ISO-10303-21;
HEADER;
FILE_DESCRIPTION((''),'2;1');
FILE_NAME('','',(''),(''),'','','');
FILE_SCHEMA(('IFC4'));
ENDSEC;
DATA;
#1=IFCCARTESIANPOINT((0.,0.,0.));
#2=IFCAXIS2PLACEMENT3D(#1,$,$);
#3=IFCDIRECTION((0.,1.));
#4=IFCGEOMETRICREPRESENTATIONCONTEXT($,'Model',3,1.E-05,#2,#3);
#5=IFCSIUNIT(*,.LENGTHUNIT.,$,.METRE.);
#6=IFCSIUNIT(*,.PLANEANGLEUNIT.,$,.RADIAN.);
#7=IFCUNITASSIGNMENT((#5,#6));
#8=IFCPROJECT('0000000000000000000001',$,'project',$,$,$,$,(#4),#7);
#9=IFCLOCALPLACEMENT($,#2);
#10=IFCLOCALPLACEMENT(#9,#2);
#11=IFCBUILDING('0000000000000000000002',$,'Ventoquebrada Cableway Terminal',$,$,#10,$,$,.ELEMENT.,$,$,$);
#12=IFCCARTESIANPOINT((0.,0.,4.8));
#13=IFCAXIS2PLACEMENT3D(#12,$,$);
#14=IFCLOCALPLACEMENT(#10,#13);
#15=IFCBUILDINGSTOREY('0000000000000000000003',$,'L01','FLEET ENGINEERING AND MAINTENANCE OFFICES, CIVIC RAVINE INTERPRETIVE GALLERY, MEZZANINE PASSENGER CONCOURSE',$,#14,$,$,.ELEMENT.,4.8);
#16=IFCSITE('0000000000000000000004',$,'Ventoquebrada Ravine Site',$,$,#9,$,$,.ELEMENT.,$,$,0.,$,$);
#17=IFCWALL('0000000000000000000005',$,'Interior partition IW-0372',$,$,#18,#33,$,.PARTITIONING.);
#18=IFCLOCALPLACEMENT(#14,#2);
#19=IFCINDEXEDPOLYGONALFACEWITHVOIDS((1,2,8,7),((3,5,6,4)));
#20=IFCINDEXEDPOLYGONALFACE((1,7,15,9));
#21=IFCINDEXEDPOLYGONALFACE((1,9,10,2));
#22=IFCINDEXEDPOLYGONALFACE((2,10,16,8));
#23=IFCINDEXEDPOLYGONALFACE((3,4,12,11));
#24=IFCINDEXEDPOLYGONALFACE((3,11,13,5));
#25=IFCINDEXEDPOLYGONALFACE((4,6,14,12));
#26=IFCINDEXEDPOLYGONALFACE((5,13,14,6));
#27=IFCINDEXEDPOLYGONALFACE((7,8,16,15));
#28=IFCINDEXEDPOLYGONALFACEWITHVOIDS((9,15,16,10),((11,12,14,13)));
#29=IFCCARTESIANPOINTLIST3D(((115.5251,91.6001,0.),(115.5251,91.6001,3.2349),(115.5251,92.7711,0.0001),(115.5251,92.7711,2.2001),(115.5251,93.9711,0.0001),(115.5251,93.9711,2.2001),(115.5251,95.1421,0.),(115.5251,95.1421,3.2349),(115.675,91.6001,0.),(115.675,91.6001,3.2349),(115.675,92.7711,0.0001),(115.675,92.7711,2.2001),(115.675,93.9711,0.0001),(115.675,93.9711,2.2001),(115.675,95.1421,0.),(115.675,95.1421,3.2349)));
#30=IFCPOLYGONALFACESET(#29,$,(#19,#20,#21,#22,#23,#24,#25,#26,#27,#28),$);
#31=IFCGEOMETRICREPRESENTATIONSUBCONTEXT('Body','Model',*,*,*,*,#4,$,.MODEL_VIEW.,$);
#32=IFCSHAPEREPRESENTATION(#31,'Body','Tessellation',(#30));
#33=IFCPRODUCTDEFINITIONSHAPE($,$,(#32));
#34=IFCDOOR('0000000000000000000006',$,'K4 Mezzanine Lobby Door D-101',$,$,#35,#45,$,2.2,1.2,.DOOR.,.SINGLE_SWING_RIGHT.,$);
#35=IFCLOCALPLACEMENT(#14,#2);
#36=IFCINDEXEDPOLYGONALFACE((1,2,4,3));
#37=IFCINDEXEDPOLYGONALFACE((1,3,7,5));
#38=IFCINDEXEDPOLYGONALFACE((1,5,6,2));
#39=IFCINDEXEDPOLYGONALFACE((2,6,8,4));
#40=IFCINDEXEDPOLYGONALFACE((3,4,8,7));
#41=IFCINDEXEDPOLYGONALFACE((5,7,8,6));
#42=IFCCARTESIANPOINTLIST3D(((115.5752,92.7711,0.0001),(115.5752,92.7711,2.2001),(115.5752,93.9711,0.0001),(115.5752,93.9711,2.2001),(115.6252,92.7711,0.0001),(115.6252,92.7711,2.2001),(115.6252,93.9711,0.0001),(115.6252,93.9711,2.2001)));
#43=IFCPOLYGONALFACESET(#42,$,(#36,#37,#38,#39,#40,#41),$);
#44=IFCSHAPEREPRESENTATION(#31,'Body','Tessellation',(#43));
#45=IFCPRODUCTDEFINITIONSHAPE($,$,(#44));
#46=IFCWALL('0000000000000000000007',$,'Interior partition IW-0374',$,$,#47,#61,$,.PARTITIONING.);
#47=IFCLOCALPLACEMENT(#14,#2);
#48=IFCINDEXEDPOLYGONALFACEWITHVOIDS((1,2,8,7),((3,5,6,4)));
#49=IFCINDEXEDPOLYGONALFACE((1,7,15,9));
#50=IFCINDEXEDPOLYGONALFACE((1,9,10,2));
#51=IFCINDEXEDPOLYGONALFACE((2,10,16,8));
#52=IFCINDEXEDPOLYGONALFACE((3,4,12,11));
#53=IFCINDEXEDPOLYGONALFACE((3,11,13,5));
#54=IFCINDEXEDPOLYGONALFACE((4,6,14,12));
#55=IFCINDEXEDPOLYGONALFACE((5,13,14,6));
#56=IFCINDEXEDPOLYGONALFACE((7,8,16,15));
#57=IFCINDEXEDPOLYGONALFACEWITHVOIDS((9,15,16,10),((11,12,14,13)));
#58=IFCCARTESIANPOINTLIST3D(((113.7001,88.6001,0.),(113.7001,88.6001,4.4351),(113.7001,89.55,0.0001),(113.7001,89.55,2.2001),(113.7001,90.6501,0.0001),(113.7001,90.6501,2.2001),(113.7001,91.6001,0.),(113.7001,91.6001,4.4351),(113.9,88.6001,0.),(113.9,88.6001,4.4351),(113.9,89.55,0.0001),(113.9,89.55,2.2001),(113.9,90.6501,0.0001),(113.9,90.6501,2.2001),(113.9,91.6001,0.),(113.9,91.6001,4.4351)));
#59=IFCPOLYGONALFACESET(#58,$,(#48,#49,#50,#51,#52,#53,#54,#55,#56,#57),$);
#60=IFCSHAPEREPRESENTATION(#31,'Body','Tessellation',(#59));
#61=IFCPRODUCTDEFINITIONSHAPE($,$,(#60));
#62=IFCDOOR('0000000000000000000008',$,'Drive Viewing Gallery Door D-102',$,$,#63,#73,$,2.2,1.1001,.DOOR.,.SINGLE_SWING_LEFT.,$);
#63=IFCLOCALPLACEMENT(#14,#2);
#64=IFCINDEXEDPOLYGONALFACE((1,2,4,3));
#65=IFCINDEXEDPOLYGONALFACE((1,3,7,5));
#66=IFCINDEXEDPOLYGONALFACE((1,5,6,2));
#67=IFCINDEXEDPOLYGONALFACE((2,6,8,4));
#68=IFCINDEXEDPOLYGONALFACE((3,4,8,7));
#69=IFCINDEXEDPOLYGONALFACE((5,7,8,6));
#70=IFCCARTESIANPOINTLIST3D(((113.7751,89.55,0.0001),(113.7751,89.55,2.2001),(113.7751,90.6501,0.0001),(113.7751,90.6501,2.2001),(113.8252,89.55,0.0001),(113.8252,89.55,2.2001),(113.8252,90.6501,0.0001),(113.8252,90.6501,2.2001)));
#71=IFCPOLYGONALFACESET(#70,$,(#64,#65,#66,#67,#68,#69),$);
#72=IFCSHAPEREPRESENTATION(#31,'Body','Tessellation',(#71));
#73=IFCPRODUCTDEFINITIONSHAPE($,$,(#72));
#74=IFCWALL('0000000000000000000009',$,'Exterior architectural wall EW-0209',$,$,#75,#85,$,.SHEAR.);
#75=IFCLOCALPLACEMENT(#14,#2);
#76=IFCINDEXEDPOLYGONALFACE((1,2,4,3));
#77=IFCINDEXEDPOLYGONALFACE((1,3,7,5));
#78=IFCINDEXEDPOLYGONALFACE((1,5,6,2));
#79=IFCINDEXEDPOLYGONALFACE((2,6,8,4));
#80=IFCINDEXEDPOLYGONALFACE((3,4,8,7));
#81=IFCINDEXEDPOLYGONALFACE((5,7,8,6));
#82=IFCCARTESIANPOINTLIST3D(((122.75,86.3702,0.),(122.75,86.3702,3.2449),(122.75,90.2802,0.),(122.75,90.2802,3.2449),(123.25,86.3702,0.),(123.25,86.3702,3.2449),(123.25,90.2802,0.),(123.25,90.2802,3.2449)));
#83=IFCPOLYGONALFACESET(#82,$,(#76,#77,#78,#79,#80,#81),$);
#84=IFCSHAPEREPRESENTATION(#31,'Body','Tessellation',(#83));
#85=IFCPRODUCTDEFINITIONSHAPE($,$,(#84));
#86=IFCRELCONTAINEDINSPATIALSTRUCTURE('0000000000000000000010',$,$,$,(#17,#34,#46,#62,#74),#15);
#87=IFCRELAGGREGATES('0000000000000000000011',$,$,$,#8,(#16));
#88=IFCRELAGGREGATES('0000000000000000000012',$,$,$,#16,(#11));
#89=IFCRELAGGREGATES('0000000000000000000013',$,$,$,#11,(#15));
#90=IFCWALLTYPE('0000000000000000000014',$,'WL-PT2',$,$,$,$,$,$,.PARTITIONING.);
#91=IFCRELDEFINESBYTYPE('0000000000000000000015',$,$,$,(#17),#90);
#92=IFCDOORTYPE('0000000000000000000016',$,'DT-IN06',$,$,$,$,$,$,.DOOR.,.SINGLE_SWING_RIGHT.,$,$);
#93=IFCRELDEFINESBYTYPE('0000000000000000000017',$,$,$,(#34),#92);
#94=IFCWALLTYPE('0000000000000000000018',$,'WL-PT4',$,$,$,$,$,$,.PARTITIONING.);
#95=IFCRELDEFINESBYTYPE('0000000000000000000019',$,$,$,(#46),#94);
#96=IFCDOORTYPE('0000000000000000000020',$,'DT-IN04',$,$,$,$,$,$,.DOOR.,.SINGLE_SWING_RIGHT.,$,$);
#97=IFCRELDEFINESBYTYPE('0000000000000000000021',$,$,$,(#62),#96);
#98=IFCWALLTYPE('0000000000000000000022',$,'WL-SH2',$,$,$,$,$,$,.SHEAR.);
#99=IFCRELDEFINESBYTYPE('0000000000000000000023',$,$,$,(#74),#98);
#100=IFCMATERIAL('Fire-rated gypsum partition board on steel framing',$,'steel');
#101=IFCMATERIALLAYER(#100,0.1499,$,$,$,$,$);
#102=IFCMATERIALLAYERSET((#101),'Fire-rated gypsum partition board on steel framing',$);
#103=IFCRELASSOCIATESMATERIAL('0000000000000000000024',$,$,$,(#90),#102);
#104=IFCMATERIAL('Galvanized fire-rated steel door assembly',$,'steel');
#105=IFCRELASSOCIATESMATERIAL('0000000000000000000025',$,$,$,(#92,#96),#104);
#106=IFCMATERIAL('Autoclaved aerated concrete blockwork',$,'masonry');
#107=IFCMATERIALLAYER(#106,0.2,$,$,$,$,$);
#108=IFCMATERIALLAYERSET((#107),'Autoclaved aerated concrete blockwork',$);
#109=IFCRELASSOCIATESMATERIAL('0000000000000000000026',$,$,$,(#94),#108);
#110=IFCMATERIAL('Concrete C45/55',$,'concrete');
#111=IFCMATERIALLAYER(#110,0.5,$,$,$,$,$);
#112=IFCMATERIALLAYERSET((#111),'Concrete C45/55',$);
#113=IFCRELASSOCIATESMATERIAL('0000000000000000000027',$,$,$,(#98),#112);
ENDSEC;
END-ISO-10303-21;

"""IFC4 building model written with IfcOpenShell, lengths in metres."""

from ifc_helpers import new_model, si_unit, direction, frame, frame_2d, origin, place, context, subcontext, project, spatial, rectangle, extrude, material, layer, layer_set, type_object, element, fill, save


model = new_model("IFC4")

# Units and contexts
model_context = context("Model", 3, precision=1e-05, world=origin(), true_north=direction((0.0, 1.0)))
body_context = subcontext(model_context, "Body", "Model", "MODEL_VIEW")
ifc_project = project(units=[si_unit("LENGTHUNIT", "METRE"), si_unit("PLANEANGLEUNIT", "RADIAN")], contexts=[model_context])

# Site, building, storey
site_placement = place(None, origin())
site = spatial("IfcSite", under=ifc_project, at=site_placement, Name="Ventoquebrada Ravine Site", CompositionType="ELEMENT", RefElevation=0.0)
building_placement = place(site_placement, origin())
building = spatial("IfcBuilding", under=site, at=building_placement, Name="Ventoquebrada Cableway Terminal", CompositionType="ELEMENT")
storey_placement = place(building_placement, frame((0.0, 0.0, 4.8)))
storey = spatial("IfcBuildingStorey", under=building, at=storey_placement, Name="L01", Description="FLEET ENGINEERING AND MAINTENANCE OFFICES, CIVIC RAVINE INTERPRETIVE GALLERY, MEZZANINE PASSENGER CONCOURSE", CompositionType="ELEMENT", Elevation=4.8)

# Walls, openings, doors
ifc_material_1 = material(Name="Fire-rated gypsum partition board on steel framing", Category="steel")
ifc_layer_1 = layer(ifc_material_1, 0.1499)
ifc_layer_set_1 = layer_set([ifc_layer_1], Name="Fire-rated gypsum partition board on steel framing")
wall_type_1 = type_object("IfcWallType", Name="WL-PT2", PredefinedType="PARTITIONING", material=ifc_layer_set_1)
wall_1_placement = place(storey_placement, frame((115.6001, 91.6001, 0.0), z_axis=(0.0, 0.0, 1.0), x_axis=(0.0, 1.0, 0.0)))
wall_1 = element("IfcWall", 1, at=wall_1_placement, inside=storey, type_object=wall_type_1, Name="Interior partition IW-0372", PredefinedType="PARTITIONING", context=body_context, shape_type="SweptSolid", body=[
    extrude(rectangle(XDim=3.542, YDim=0.1499, at=frame_2d((1.771, 0.0))), origin(), (0.0, 0.0, 1.0), 3.2349),
])
opening_1_placement = place(wall_1_placement, frame((1.1709, 0.0, 0.0)))
opening_1 = element("IfcOpeningElement", 2, at=opening_1_placement, cuts=wall_1, PredefinedType="OPENING", context=body_context, shape_type="SweptSolid", body=[
    extrude(rectangle(XDim=1.2, YDim=2.2, at=frame_2d((0.6001, 1.1001))), frame((0.0, 0.085, 0.0), z_axis=(0.0, -1.0, 0.0), x_axis=(1.0, 0.0, 0.0)), (0.0, 0.0, 1.0), 0.1699),
])
ifc_material_2 = material(Name="Galvanized fire-rated steel door assembly", Category="steel")
door_type_1 = type_object("IfcDoorType", Name="DT-IN06", OperationType="SINGLE_SWING_RIGHT", PredefinedType="DOOR", material=ifc_material_2)
door_1_placement = place(opening_1_placement, origin())
door_1 = element("IfcDoor", 3, at=door_1_placement, inside=storey, type_object=door_type_1, Name="K4 Mezzanine Lobby Door D-101", OperationType="SINGLE_SWING_RIGHT", OverallHeight=2.2, OverallWidth=1.2, PredefinedType="DOOR", context=body_context, shape_type="SweptSolid", body=[
    extrude(rectangle(XDim=1.2, YDim=2.2, at=frame_2d((0.6001, 1.1001))), frame((0.0, 0.0249, 0.0), z_axis=(0.0, -1.0, 0.0), x_axis=(1.0, 0.0, 0.0)), (0.0, 0.0, 1.0), 0.05),
])
fill(opening_1, door_1)
ifc_material_3 = material(Name="Autoclaved aerated concrete blockwork", Category="masonry")
ifc_layer_2 = layer(ifc_material_3, 0.2)
ifc_layer_set_2 = layer_set([ifc_layer_2], Name="Autoclaved aerated concrete blockwork")
wall_type_2 = type_object("IfcWallType", Name="WL-PT4", PredefinedType="PARTITIONING", material=ifc_layer_set_2)
wall_2_placement = place(storey_placement, frame((113.8, 88.6001, 0.0), z_axis=(0.0, 0.0, 1.0), x_axis=(0.0, 1.0, 0.0)))
wall_2 = element("IfcWall", 4, at=wall_2_placement, inside=storey, type_object=wall_type_2, Name="Interior partition IW-0374", PredefinedType="PARTITIONING", context=body_context, shape_type="SweptSolid", body=[
    extrude(rectangle(XDim=3.0, YDim=0.2, at=frame_2d((1.5, 0.0))), origin(), (0.0, 0.0, 1.0), 4.4351),
])
opening_2_placement = place(wall_2_placement, frame((0.95, 0.0, 0.0)))
opening_2 = element("IfcOpeningElement", 5, at=opening_2_placement, cuts=wall_2, PredefinedType="OPENING", context=body_context, shape_type="SweptSolid", body=[
    extrude(rectangle(XDim=1.1001, YDim=2.2, at=frame_2d((0.55, 1.1001))), frame((0.0, 0.1099, 0.0), z_axis=(0.0, -1.0, 0.0), x_axis=(1.0, 0.0, 0.0)), (0.0, 0.0, 1.0), 0.22),
])
door_type_2 = type_object("IfcDoorType", Name="DT-IN04", OperationType="SINGLE_SWING_RIGHT", PredefinedType="DOOR", material=ifc_material_2)
door_2_placement = place(opening_2_placement, origin())
door_2 = element("IfcDoor", 6, at=door_2_placement, inside=storey, type_object=door_type_2, Name="Drive Viewing Gallery Door D-102", OperationType="SINGLE_SWING_LEFT", OverallHeight=2.2, OverallWidth=1.1001, PredefinedType="DOOR", context=body_context, shape_type="SweptSolid", body=[
    extrude(rectangle(XDim=1.1001, YDim=2.2, at=frame_2d((0.55, 1.1001))), frame((0.0, 0.0249, 0.0), z_axis=(0.0, -1.0, 0.0), x_axis=(1.0, 0.0, 0.0)), (0.0, 0.0, 1.0), 0.05),
])
fill(opening_2, door_2)

# Wall
ifc_material_4 = material(Name="Concrete C45/55", Category="concrete")
ifc_layer_3 = layer(ifc_material_4, 0.5)
ifc_layer_set_3 = layer_set([ifc_layer_3], Name="Concrete C45/55")
wall_type_3 = type_object("IfcWallType", Name="WL-SH2", PredefinedType="SHEAR", material=ifc_layer_set_3)
wall_3_placement = place(storey_placement, frame((123.0, 86.3701, 0.0), z_axis=(0.0, 0.0, 1.0), x_axis=(0.0, 1.0, 0.0)))
element("IfcWall", 7, at=wall_3_placement, inside=storey, type_object=wall_type_3, Name="Exterior architectural wall EW-0209", PredefinedType="SHEAR", context=body_context, shape_type="SweptSolid", body=[
    extrude(rectangle(XDim=3.9099, YDim=0.5, at=frame_2d((1.9551, 0.0))), origin(), (0.0, 0.0, 1.0), 3.2449),
])

save(model, "model.ifc")
